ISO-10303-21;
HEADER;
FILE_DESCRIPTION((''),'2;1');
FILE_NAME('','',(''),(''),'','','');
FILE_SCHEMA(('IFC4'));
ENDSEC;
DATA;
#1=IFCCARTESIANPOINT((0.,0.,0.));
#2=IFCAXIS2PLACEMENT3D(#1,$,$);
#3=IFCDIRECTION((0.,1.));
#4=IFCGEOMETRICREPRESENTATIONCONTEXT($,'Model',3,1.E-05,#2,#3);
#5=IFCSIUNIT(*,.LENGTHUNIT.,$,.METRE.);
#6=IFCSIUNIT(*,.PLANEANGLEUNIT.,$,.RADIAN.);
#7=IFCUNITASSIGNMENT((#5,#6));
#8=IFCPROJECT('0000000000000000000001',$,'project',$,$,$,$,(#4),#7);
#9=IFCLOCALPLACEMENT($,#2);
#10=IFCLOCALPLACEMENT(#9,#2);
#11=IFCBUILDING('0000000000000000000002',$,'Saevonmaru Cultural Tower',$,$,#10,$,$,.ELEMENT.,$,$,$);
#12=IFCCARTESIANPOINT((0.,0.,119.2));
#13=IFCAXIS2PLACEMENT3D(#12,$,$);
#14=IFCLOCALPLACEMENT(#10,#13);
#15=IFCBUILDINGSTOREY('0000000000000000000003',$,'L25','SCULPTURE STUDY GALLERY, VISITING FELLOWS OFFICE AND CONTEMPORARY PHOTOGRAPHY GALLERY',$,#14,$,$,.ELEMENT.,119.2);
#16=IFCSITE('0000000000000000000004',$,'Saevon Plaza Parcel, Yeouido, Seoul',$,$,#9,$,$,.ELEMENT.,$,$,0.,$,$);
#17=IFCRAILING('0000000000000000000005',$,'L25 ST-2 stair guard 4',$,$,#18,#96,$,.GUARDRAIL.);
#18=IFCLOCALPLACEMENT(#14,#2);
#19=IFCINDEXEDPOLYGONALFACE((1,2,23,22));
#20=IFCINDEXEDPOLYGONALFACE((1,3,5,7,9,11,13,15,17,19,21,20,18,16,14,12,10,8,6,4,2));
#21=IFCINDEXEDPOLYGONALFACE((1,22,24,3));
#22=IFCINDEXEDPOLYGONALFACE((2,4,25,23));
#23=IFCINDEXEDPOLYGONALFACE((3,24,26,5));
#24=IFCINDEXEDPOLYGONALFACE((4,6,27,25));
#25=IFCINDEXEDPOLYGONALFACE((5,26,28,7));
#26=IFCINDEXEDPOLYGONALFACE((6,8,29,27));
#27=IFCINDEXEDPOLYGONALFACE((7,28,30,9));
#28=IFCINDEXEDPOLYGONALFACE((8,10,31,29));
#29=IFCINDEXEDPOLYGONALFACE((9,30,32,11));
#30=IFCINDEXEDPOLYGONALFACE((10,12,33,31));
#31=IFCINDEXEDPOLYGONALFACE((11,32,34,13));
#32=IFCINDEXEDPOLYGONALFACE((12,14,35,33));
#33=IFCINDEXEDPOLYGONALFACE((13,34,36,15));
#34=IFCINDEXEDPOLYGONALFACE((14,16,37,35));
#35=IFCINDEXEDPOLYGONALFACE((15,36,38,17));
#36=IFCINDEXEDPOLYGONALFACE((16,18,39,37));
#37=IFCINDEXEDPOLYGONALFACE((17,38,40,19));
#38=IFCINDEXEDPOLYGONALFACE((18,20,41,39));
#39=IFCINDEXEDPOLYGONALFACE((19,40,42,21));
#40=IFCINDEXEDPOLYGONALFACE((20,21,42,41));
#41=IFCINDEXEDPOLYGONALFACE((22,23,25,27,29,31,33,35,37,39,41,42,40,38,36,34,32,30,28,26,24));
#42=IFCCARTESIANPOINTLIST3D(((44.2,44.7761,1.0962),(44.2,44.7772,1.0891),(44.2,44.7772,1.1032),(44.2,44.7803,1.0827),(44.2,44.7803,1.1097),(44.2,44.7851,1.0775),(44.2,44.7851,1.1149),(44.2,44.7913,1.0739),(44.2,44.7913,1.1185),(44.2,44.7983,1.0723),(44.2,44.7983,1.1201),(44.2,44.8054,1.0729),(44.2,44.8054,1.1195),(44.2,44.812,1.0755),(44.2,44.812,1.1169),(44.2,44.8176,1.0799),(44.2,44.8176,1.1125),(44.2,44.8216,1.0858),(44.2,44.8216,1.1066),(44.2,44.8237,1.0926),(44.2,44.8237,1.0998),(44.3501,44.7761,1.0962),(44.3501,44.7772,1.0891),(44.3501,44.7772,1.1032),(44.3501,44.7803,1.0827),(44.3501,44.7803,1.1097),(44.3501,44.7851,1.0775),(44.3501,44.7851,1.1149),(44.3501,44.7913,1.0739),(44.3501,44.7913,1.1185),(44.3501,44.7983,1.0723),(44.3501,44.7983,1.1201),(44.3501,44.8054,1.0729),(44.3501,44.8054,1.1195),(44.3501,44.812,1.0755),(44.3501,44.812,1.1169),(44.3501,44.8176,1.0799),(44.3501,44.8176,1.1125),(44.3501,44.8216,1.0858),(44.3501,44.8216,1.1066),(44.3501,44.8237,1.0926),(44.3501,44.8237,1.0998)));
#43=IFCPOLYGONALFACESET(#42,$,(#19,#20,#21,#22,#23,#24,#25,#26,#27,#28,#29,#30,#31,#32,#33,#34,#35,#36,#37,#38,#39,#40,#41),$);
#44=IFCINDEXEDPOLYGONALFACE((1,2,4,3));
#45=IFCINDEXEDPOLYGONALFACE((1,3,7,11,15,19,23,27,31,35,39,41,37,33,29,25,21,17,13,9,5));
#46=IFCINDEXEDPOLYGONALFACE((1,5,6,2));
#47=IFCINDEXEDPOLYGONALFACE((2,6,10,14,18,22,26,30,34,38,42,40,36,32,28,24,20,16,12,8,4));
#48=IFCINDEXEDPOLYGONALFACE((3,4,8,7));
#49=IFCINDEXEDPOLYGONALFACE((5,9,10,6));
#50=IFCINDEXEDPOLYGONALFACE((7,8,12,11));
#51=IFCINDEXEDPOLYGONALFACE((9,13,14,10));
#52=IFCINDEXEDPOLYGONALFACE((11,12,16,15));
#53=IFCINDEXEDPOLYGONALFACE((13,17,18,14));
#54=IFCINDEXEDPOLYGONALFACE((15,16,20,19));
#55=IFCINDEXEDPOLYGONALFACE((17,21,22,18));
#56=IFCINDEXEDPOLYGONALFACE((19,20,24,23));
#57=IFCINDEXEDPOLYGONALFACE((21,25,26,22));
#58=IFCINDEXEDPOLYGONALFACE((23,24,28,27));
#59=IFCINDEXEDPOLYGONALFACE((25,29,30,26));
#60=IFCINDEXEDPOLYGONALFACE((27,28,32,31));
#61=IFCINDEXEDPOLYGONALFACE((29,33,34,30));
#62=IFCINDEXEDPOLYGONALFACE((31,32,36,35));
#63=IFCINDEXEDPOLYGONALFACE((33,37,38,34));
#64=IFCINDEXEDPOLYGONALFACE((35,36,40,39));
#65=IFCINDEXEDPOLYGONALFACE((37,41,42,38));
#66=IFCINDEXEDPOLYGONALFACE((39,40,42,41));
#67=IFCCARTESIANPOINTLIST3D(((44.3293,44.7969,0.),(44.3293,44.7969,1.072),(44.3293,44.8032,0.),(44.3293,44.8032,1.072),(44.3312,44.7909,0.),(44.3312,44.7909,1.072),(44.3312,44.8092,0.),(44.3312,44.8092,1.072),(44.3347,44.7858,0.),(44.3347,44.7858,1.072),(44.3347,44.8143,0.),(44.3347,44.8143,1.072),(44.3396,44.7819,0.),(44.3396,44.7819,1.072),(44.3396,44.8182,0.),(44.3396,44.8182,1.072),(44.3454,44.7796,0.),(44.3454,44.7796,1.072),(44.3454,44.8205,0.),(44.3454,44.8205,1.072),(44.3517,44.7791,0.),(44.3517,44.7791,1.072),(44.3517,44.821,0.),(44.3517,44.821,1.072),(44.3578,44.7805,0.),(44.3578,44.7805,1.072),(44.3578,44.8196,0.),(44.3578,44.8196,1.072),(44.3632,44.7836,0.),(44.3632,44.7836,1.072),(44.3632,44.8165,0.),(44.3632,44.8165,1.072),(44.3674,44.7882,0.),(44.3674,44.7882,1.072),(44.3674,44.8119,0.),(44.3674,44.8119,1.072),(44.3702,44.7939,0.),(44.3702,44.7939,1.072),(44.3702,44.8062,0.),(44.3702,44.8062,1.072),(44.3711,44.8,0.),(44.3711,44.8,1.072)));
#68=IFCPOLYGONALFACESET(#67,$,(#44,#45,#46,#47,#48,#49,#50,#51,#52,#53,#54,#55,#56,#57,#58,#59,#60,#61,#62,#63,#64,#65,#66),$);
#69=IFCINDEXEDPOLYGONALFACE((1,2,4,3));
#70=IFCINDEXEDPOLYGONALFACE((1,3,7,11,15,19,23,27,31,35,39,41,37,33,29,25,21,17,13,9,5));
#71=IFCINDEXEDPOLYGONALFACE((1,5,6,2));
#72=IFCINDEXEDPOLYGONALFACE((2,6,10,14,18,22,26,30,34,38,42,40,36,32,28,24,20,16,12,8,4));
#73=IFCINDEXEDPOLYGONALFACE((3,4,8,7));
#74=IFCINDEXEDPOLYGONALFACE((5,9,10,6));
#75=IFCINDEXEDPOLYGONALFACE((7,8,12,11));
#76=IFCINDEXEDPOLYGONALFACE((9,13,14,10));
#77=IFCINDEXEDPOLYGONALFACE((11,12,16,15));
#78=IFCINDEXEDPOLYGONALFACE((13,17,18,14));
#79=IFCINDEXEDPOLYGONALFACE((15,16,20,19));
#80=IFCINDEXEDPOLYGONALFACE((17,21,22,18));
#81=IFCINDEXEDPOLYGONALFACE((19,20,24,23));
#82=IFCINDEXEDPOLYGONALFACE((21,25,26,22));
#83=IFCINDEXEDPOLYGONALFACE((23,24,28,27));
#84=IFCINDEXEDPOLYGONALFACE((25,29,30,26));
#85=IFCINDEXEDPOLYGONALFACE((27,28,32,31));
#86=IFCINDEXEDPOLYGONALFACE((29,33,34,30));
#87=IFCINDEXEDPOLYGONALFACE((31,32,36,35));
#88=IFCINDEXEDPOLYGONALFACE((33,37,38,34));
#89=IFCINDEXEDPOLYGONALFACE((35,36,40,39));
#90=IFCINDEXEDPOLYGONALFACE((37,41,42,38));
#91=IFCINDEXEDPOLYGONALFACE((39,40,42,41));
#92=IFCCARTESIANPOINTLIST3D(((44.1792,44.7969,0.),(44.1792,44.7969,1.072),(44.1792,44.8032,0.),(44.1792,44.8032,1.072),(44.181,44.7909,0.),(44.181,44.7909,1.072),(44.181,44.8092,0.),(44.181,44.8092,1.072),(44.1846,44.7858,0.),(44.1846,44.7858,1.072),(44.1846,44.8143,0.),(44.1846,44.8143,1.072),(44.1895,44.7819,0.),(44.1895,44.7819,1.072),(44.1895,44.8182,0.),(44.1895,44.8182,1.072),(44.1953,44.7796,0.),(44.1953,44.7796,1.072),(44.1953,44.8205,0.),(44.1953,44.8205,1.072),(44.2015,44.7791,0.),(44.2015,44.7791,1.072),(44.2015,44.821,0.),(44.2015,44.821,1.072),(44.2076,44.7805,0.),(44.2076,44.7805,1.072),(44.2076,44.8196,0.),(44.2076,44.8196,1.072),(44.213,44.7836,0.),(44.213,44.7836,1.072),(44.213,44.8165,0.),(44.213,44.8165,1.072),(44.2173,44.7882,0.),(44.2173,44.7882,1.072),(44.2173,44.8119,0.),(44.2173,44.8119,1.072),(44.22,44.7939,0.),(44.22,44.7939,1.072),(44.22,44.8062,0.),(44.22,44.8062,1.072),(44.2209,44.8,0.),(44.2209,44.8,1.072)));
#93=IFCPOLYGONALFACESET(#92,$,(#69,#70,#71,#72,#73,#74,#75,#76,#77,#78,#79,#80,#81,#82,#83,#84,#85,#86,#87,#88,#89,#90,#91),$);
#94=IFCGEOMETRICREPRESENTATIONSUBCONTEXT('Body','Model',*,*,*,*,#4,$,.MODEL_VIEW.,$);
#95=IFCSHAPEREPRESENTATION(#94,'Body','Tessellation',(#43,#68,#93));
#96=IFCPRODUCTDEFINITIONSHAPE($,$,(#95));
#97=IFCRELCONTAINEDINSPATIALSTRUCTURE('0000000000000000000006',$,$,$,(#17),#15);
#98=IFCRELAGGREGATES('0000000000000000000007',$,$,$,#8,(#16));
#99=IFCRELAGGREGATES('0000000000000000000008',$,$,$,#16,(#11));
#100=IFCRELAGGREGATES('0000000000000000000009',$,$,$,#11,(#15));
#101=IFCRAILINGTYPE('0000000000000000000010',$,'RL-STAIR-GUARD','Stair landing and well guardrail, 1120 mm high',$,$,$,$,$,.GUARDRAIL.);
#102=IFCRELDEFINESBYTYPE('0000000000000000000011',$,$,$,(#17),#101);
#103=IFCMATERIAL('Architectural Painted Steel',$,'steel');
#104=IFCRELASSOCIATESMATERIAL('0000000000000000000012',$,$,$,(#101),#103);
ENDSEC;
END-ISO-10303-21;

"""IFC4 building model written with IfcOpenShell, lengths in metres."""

from ifc_helpers import new_model, si_unit, direction, frame, origin, origin_2d, place, context, subcontext, project, spatial, circle, extrude, material, type_object, element, save


model = new_model("IFC4")

# Units and contexts
model_context = context("Model", 3, precision=1e-05, world=origin(), true_north=direction((0.0, 1.0)))
body_context = subcontext(model_context, "Body", "Model", "MODEL_VIEW")
ifc_project = project(units=[si_unit("LENGTHUNIT", "METRE"), si_unit("PLANEANGLEUNIT", "RADIAN")], contexts=[model_context])

# Site, building, storey
site_placement = place(None, origin())
site = spatial("IfcSite", under=ifc_project, at=site_placement, Name="Saevon Plaza Parcel, Yeouido, Seoul", CompositionType="ELEMENT", RefElevation=0.0)
building_placement = place(site_placement, origin())
building = spatial("IfcBuilding", under=site, at=building_placement, Name="Saevonmaru Cultural Tower", CompositionType="ELEMENT")
storey_placement = place(building_placement, frame((0.0, 0.0, 119.2)))
storey = spatial("IfcBuildingStorey", under=building, at=storey_placement, Name="L25", Description="SCULPTURE STUDY GALLERY, VISITING FELLOWS OFFICE AND CONTEMPORARY PHOTOGRAPHY GALLERY", CompositionType="ELEMENT", Elevation=119.2)

# Railing
ifc_material_1 = material(Name="Architectural Painted Steel", Category="steel")
railing_type_1 = type_object("IfcRailingType", Name="RL-STAIR-GUARD", Description="Stair landing and well guardrail, 1120 mm high", PredefinedType="GUARDRAIL", material=ifc_material_1)
railing_1_placement = place(storey_placement, frame((44.3501, 44.8, 0.0)))
element("IfcRailing", 1, at=railing_1_placement, inside=storey, type_object=railing_type_1, Name="L25 ST-2 stair guard 4", PredefinedType="GUARDRAIL", context=body_context, shape_type="SweptSolid", body=[
    extrude(circle(Radius=0.0239, at=origin_2d()), frame((0.0, 0.0, 1.0962), z_axis=(-1.0, 0.0, 0.0), x_axis=(0.0, -1.0, 0.0)), (0.0, 0.0, 1.0), 0.1501),
    extrude(circle(Radius=0.021, at=origin_2d()), origin(), (0.0, 0.0, 1.0), 1.072),
    extrude(circle(Radius=0.021, at=origin_2d()), frame((-0.1501, 0.0, 0.0)), (0.0, 0.0, 1.0), 1.072),
])

save(model, "model.ifc")
